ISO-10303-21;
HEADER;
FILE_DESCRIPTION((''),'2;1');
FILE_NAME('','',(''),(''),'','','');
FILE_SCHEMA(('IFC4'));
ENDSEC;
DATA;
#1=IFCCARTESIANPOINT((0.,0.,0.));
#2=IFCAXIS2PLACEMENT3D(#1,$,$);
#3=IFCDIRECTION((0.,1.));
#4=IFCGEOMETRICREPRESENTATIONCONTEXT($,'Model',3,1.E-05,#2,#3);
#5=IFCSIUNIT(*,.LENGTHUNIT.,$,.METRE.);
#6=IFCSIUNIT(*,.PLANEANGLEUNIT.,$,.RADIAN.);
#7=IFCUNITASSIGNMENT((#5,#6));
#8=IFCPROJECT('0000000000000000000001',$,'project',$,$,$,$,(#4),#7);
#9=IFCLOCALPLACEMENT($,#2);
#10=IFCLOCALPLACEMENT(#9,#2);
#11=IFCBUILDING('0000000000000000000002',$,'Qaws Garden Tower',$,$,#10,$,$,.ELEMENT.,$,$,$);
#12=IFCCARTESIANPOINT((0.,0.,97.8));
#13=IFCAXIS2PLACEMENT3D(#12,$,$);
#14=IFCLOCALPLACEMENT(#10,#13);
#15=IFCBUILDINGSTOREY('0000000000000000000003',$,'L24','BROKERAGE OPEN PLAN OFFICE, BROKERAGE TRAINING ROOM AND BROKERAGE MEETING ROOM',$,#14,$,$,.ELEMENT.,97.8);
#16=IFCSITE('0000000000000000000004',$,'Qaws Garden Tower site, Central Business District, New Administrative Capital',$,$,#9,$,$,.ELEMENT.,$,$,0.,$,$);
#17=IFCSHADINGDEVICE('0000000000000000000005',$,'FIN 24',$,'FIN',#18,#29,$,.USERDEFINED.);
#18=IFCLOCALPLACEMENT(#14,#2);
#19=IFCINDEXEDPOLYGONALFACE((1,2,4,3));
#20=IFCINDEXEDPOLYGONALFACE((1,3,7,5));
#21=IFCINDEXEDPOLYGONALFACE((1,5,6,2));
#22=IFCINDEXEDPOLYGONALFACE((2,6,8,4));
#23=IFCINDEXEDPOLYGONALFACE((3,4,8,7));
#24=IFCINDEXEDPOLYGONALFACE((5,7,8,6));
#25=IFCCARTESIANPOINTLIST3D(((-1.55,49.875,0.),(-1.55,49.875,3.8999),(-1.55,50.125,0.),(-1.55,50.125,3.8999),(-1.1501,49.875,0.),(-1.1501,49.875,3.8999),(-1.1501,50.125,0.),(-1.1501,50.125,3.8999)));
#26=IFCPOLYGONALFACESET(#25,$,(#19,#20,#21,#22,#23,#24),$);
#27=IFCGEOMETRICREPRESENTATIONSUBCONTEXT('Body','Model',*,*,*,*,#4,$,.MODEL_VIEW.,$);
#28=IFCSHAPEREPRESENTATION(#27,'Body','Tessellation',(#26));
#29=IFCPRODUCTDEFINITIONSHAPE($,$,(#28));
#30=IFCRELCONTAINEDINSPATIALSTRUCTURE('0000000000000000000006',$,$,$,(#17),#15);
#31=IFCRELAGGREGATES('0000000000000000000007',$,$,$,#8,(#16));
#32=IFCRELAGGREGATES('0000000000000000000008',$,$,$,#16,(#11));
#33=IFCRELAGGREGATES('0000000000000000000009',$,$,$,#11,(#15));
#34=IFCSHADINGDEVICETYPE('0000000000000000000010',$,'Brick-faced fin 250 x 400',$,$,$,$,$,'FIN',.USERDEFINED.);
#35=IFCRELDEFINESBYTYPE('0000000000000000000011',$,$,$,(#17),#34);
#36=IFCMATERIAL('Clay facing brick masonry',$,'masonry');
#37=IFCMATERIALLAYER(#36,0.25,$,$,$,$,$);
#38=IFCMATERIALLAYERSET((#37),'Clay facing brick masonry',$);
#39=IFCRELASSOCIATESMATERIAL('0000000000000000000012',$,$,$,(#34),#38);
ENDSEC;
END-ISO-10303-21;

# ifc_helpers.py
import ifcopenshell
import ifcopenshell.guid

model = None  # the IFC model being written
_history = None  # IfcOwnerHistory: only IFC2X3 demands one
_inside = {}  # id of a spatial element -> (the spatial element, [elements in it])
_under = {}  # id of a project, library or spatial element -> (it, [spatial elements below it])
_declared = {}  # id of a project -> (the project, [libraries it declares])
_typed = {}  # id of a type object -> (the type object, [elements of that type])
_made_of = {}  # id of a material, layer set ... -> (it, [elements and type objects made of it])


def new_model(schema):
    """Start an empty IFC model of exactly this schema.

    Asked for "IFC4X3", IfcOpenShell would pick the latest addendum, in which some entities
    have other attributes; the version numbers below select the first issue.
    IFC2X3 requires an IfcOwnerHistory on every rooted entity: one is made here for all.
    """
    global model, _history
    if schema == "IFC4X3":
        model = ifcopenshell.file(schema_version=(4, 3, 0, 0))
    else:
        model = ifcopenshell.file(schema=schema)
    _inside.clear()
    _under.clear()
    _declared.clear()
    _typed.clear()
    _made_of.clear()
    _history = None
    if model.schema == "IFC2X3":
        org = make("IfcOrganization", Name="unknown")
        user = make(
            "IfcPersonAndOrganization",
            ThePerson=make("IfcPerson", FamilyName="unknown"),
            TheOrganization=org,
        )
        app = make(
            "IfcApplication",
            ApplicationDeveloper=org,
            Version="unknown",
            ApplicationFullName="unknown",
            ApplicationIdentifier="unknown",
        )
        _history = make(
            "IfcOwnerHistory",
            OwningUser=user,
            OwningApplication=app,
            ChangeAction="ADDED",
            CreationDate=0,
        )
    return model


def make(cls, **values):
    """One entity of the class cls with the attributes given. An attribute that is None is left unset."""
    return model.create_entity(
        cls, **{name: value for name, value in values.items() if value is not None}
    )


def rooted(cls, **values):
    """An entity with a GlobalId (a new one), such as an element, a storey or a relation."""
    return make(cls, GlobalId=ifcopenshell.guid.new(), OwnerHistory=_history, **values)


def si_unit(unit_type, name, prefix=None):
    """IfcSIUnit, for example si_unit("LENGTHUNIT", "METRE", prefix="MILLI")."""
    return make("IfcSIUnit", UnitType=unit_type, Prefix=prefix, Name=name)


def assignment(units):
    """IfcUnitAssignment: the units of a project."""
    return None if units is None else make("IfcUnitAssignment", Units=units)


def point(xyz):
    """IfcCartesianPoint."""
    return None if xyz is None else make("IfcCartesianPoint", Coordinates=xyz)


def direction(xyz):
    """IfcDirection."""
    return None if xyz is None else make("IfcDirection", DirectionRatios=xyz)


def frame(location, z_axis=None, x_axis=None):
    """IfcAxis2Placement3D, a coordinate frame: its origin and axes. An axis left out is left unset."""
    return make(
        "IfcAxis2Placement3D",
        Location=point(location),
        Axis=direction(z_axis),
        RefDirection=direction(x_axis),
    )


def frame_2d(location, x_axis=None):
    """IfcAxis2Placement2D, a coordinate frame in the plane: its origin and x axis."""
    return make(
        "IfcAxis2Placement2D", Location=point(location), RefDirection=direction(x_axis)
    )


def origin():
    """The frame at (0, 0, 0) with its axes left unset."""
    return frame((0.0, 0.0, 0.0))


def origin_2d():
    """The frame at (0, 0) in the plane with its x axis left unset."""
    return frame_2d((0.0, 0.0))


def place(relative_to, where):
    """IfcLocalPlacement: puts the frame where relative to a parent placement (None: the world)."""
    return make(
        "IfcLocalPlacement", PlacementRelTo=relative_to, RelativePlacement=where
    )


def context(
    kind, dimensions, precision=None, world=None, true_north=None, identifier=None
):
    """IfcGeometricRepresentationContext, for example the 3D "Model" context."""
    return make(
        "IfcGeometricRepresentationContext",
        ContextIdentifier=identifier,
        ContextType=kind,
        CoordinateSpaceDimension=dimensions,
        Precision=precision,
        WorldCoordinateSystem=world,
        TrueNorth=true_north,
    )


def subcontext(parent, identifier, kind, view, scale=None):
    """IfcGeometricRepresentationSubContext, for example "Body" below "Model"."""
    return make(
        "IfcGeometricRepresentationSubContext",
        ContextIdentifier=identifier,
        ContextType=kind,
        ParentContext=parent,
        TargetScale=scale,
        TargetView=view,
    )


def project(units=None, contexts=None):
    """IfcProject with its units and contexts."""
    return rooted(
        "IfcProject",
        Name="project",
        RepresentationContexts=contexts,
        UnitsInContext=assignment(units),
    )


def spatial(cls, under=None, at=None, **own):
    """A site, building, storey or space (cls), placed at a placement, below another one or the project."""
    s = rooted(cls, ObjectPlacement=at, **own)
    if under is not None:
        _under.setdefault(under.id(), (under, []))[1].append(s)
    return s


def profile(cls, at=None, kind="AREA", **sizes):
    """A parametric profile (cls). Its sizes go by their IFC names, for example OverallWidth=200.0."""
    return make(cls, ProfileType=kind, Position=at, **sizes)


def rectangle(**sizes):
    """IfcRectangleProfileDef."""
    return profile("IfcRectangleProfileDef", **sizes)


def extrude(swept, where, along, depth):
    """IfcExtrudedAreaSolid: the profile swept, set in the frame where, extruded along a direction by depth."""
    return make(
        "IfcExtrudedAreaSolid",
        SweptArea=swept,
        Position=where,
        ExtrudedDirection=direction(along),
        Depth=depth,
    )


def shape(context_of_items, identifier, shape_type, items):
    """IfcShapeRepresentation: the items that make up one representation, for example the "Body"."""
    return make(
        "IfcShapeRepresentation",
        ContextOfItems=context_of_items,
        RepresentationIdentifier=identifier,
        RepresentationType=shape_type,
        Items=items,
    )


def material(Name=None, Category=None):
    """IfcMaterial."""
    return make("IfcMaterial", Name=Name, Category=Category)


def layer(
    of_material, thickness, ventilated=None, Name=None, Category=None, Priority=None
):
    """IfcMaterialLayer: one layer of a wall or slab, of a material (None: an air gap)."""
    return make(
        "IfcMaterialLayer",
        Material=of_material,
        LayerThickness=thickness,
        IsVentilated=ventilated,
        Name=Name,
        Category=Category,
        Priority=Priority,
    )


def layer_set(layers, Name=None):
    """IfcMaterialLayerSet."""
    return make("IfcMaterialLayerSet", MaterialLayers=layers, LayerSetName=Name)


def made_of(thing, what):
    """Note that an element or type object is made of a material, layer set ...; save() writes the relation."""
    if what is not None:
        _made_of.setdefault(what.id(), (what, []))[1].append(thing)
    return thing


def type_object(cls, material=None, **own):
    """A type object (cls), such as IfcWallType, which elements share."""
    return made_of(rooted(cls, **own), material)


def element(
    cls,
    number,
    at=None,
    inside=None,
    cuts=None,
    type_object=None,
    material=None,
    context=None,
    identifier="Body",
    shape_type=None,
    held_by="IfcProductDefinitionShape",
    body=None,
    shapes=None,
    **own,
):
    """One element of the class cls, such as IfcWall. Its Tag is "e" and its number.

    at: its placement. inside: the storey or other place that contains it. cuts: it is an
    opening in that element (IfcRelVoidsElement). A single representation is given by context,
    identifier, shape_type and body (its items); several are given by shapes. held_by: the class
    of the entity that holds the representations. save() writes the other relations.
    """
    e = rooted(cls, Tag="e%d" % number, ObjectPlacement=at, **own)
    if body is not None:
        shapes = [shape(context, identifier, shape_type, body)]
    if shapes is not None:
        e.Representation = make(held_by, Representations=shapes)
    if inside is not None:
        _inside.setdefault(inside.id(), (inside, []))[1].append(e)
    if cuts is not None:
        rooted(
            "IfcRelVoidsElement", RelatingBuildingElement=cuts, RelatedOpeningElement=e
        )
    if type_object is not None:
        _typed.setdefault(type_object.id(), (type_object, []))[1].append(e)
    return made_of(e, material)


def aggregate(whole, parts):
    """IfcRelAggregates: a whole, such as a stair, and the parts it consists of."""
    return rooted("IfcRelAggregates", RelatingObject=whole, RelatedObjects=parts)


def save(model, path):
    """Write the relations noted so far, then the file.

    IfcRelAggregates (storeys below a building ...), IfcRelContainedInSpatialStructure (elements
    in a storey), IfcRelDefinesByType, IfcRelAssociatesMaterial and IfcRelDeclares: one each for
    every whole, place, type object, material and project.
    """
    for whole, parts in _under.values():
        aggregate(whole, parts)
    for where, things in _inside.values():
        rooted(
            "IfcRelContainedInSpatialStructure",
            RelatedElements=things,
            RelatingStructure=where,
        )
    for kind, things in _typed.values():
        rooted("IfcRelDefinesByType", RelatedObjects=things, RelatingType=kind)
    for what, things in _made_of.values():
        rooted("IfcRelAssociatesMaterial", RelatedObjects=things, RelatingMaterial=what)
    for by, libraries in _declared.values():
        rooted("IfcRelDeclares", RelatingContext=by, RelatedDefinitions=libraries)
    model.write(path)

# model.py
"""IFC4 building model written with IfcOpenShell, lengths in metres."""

from ifc_helpers import new_model, si_unit, direction, frame, origin, origin_2d, place, context, subcontext, project, spatial, rectangle, extrude, material, layer, layer_set, type_object, element, save


model = new_model("IFC4")

# Units and contexts
model_context = context("Model", 3, precision=1e-05, world=origin(), true_north=direction((0.0, 1.0)))
body_context = subcontext(model_context, "Body", "Model", "MODEL_VIEW")
ifc_project = project(units=[si_unit("LENGTHUNIT", "METRE"), si_unit("PLANEANGLEUNIT", "RADIAN")], contexts=[model_context])

# Site, building, storey
site_placement = place(None, origin())
site = spatial("IfcSite", under=ifc_project, at=site_placement, Name="Qaws Garden Tower site, Central Business District, New Administrative Capital", CompositionType="ELEMENT", RefElevation=0.0)
building_placement = place(site_placement, origin())
building = spatial("IfcBuilding", under=site, at=building_placement, Name="Qaws Garden Tower", CompositionType="ELEMENT")
storey_placement = place(building_placement, frame((0.0, 0.0, 97.8)))
storey = spatial("IfcBuildingStorey", under=building, at=storey_placement, Name="L24", Description="BROKERAGE OPEN PLAN OFFICE, BROKERAGE TRAINING ROOM AND BROKERAGE MEETING ROOM", CompositionType="ELEMENT", Elevation=97.8)

# Shading device
ifc_material_1 = material(Name="Clay facing brick masonry", Category="masonry")
ifc_layer_1 = layer(ifc_material_1, 0.25)
ifc_layer_set_1 = layer_set([ifc_layer_1], Name="Clay facing brick masonry")
shading_device_type = type_object("IfcShadingDeviceType", Name="Brick-faced fin 250 x 400", ElementType="FIN", PredefinedType="USERDEFINED", material=ifc_layer_set_1)
shading_device_placement = place(storey_placement, frame((-1.3501, 50.0, 0.0), z_axis=(0.0, 0.0, 1.0), x_axis=(0.0, -1.0, 0.0)))
element("IfcShadingDevice", 1, at=shading_device_placement, inside=storey, type_object=shading_device_type, Name="FIN 24", ObjectType="FIN", PredefinedType="USERDEFINED", context=body_context, shape_type="SweptSolid", body=[
    extrude(rectangle(XDim=0.25, YDim=0.3999, at=origin_2d()), origin(), (0.0, 0.0, 1.0), 3.8999),
])

save(model, "model.ifc")
